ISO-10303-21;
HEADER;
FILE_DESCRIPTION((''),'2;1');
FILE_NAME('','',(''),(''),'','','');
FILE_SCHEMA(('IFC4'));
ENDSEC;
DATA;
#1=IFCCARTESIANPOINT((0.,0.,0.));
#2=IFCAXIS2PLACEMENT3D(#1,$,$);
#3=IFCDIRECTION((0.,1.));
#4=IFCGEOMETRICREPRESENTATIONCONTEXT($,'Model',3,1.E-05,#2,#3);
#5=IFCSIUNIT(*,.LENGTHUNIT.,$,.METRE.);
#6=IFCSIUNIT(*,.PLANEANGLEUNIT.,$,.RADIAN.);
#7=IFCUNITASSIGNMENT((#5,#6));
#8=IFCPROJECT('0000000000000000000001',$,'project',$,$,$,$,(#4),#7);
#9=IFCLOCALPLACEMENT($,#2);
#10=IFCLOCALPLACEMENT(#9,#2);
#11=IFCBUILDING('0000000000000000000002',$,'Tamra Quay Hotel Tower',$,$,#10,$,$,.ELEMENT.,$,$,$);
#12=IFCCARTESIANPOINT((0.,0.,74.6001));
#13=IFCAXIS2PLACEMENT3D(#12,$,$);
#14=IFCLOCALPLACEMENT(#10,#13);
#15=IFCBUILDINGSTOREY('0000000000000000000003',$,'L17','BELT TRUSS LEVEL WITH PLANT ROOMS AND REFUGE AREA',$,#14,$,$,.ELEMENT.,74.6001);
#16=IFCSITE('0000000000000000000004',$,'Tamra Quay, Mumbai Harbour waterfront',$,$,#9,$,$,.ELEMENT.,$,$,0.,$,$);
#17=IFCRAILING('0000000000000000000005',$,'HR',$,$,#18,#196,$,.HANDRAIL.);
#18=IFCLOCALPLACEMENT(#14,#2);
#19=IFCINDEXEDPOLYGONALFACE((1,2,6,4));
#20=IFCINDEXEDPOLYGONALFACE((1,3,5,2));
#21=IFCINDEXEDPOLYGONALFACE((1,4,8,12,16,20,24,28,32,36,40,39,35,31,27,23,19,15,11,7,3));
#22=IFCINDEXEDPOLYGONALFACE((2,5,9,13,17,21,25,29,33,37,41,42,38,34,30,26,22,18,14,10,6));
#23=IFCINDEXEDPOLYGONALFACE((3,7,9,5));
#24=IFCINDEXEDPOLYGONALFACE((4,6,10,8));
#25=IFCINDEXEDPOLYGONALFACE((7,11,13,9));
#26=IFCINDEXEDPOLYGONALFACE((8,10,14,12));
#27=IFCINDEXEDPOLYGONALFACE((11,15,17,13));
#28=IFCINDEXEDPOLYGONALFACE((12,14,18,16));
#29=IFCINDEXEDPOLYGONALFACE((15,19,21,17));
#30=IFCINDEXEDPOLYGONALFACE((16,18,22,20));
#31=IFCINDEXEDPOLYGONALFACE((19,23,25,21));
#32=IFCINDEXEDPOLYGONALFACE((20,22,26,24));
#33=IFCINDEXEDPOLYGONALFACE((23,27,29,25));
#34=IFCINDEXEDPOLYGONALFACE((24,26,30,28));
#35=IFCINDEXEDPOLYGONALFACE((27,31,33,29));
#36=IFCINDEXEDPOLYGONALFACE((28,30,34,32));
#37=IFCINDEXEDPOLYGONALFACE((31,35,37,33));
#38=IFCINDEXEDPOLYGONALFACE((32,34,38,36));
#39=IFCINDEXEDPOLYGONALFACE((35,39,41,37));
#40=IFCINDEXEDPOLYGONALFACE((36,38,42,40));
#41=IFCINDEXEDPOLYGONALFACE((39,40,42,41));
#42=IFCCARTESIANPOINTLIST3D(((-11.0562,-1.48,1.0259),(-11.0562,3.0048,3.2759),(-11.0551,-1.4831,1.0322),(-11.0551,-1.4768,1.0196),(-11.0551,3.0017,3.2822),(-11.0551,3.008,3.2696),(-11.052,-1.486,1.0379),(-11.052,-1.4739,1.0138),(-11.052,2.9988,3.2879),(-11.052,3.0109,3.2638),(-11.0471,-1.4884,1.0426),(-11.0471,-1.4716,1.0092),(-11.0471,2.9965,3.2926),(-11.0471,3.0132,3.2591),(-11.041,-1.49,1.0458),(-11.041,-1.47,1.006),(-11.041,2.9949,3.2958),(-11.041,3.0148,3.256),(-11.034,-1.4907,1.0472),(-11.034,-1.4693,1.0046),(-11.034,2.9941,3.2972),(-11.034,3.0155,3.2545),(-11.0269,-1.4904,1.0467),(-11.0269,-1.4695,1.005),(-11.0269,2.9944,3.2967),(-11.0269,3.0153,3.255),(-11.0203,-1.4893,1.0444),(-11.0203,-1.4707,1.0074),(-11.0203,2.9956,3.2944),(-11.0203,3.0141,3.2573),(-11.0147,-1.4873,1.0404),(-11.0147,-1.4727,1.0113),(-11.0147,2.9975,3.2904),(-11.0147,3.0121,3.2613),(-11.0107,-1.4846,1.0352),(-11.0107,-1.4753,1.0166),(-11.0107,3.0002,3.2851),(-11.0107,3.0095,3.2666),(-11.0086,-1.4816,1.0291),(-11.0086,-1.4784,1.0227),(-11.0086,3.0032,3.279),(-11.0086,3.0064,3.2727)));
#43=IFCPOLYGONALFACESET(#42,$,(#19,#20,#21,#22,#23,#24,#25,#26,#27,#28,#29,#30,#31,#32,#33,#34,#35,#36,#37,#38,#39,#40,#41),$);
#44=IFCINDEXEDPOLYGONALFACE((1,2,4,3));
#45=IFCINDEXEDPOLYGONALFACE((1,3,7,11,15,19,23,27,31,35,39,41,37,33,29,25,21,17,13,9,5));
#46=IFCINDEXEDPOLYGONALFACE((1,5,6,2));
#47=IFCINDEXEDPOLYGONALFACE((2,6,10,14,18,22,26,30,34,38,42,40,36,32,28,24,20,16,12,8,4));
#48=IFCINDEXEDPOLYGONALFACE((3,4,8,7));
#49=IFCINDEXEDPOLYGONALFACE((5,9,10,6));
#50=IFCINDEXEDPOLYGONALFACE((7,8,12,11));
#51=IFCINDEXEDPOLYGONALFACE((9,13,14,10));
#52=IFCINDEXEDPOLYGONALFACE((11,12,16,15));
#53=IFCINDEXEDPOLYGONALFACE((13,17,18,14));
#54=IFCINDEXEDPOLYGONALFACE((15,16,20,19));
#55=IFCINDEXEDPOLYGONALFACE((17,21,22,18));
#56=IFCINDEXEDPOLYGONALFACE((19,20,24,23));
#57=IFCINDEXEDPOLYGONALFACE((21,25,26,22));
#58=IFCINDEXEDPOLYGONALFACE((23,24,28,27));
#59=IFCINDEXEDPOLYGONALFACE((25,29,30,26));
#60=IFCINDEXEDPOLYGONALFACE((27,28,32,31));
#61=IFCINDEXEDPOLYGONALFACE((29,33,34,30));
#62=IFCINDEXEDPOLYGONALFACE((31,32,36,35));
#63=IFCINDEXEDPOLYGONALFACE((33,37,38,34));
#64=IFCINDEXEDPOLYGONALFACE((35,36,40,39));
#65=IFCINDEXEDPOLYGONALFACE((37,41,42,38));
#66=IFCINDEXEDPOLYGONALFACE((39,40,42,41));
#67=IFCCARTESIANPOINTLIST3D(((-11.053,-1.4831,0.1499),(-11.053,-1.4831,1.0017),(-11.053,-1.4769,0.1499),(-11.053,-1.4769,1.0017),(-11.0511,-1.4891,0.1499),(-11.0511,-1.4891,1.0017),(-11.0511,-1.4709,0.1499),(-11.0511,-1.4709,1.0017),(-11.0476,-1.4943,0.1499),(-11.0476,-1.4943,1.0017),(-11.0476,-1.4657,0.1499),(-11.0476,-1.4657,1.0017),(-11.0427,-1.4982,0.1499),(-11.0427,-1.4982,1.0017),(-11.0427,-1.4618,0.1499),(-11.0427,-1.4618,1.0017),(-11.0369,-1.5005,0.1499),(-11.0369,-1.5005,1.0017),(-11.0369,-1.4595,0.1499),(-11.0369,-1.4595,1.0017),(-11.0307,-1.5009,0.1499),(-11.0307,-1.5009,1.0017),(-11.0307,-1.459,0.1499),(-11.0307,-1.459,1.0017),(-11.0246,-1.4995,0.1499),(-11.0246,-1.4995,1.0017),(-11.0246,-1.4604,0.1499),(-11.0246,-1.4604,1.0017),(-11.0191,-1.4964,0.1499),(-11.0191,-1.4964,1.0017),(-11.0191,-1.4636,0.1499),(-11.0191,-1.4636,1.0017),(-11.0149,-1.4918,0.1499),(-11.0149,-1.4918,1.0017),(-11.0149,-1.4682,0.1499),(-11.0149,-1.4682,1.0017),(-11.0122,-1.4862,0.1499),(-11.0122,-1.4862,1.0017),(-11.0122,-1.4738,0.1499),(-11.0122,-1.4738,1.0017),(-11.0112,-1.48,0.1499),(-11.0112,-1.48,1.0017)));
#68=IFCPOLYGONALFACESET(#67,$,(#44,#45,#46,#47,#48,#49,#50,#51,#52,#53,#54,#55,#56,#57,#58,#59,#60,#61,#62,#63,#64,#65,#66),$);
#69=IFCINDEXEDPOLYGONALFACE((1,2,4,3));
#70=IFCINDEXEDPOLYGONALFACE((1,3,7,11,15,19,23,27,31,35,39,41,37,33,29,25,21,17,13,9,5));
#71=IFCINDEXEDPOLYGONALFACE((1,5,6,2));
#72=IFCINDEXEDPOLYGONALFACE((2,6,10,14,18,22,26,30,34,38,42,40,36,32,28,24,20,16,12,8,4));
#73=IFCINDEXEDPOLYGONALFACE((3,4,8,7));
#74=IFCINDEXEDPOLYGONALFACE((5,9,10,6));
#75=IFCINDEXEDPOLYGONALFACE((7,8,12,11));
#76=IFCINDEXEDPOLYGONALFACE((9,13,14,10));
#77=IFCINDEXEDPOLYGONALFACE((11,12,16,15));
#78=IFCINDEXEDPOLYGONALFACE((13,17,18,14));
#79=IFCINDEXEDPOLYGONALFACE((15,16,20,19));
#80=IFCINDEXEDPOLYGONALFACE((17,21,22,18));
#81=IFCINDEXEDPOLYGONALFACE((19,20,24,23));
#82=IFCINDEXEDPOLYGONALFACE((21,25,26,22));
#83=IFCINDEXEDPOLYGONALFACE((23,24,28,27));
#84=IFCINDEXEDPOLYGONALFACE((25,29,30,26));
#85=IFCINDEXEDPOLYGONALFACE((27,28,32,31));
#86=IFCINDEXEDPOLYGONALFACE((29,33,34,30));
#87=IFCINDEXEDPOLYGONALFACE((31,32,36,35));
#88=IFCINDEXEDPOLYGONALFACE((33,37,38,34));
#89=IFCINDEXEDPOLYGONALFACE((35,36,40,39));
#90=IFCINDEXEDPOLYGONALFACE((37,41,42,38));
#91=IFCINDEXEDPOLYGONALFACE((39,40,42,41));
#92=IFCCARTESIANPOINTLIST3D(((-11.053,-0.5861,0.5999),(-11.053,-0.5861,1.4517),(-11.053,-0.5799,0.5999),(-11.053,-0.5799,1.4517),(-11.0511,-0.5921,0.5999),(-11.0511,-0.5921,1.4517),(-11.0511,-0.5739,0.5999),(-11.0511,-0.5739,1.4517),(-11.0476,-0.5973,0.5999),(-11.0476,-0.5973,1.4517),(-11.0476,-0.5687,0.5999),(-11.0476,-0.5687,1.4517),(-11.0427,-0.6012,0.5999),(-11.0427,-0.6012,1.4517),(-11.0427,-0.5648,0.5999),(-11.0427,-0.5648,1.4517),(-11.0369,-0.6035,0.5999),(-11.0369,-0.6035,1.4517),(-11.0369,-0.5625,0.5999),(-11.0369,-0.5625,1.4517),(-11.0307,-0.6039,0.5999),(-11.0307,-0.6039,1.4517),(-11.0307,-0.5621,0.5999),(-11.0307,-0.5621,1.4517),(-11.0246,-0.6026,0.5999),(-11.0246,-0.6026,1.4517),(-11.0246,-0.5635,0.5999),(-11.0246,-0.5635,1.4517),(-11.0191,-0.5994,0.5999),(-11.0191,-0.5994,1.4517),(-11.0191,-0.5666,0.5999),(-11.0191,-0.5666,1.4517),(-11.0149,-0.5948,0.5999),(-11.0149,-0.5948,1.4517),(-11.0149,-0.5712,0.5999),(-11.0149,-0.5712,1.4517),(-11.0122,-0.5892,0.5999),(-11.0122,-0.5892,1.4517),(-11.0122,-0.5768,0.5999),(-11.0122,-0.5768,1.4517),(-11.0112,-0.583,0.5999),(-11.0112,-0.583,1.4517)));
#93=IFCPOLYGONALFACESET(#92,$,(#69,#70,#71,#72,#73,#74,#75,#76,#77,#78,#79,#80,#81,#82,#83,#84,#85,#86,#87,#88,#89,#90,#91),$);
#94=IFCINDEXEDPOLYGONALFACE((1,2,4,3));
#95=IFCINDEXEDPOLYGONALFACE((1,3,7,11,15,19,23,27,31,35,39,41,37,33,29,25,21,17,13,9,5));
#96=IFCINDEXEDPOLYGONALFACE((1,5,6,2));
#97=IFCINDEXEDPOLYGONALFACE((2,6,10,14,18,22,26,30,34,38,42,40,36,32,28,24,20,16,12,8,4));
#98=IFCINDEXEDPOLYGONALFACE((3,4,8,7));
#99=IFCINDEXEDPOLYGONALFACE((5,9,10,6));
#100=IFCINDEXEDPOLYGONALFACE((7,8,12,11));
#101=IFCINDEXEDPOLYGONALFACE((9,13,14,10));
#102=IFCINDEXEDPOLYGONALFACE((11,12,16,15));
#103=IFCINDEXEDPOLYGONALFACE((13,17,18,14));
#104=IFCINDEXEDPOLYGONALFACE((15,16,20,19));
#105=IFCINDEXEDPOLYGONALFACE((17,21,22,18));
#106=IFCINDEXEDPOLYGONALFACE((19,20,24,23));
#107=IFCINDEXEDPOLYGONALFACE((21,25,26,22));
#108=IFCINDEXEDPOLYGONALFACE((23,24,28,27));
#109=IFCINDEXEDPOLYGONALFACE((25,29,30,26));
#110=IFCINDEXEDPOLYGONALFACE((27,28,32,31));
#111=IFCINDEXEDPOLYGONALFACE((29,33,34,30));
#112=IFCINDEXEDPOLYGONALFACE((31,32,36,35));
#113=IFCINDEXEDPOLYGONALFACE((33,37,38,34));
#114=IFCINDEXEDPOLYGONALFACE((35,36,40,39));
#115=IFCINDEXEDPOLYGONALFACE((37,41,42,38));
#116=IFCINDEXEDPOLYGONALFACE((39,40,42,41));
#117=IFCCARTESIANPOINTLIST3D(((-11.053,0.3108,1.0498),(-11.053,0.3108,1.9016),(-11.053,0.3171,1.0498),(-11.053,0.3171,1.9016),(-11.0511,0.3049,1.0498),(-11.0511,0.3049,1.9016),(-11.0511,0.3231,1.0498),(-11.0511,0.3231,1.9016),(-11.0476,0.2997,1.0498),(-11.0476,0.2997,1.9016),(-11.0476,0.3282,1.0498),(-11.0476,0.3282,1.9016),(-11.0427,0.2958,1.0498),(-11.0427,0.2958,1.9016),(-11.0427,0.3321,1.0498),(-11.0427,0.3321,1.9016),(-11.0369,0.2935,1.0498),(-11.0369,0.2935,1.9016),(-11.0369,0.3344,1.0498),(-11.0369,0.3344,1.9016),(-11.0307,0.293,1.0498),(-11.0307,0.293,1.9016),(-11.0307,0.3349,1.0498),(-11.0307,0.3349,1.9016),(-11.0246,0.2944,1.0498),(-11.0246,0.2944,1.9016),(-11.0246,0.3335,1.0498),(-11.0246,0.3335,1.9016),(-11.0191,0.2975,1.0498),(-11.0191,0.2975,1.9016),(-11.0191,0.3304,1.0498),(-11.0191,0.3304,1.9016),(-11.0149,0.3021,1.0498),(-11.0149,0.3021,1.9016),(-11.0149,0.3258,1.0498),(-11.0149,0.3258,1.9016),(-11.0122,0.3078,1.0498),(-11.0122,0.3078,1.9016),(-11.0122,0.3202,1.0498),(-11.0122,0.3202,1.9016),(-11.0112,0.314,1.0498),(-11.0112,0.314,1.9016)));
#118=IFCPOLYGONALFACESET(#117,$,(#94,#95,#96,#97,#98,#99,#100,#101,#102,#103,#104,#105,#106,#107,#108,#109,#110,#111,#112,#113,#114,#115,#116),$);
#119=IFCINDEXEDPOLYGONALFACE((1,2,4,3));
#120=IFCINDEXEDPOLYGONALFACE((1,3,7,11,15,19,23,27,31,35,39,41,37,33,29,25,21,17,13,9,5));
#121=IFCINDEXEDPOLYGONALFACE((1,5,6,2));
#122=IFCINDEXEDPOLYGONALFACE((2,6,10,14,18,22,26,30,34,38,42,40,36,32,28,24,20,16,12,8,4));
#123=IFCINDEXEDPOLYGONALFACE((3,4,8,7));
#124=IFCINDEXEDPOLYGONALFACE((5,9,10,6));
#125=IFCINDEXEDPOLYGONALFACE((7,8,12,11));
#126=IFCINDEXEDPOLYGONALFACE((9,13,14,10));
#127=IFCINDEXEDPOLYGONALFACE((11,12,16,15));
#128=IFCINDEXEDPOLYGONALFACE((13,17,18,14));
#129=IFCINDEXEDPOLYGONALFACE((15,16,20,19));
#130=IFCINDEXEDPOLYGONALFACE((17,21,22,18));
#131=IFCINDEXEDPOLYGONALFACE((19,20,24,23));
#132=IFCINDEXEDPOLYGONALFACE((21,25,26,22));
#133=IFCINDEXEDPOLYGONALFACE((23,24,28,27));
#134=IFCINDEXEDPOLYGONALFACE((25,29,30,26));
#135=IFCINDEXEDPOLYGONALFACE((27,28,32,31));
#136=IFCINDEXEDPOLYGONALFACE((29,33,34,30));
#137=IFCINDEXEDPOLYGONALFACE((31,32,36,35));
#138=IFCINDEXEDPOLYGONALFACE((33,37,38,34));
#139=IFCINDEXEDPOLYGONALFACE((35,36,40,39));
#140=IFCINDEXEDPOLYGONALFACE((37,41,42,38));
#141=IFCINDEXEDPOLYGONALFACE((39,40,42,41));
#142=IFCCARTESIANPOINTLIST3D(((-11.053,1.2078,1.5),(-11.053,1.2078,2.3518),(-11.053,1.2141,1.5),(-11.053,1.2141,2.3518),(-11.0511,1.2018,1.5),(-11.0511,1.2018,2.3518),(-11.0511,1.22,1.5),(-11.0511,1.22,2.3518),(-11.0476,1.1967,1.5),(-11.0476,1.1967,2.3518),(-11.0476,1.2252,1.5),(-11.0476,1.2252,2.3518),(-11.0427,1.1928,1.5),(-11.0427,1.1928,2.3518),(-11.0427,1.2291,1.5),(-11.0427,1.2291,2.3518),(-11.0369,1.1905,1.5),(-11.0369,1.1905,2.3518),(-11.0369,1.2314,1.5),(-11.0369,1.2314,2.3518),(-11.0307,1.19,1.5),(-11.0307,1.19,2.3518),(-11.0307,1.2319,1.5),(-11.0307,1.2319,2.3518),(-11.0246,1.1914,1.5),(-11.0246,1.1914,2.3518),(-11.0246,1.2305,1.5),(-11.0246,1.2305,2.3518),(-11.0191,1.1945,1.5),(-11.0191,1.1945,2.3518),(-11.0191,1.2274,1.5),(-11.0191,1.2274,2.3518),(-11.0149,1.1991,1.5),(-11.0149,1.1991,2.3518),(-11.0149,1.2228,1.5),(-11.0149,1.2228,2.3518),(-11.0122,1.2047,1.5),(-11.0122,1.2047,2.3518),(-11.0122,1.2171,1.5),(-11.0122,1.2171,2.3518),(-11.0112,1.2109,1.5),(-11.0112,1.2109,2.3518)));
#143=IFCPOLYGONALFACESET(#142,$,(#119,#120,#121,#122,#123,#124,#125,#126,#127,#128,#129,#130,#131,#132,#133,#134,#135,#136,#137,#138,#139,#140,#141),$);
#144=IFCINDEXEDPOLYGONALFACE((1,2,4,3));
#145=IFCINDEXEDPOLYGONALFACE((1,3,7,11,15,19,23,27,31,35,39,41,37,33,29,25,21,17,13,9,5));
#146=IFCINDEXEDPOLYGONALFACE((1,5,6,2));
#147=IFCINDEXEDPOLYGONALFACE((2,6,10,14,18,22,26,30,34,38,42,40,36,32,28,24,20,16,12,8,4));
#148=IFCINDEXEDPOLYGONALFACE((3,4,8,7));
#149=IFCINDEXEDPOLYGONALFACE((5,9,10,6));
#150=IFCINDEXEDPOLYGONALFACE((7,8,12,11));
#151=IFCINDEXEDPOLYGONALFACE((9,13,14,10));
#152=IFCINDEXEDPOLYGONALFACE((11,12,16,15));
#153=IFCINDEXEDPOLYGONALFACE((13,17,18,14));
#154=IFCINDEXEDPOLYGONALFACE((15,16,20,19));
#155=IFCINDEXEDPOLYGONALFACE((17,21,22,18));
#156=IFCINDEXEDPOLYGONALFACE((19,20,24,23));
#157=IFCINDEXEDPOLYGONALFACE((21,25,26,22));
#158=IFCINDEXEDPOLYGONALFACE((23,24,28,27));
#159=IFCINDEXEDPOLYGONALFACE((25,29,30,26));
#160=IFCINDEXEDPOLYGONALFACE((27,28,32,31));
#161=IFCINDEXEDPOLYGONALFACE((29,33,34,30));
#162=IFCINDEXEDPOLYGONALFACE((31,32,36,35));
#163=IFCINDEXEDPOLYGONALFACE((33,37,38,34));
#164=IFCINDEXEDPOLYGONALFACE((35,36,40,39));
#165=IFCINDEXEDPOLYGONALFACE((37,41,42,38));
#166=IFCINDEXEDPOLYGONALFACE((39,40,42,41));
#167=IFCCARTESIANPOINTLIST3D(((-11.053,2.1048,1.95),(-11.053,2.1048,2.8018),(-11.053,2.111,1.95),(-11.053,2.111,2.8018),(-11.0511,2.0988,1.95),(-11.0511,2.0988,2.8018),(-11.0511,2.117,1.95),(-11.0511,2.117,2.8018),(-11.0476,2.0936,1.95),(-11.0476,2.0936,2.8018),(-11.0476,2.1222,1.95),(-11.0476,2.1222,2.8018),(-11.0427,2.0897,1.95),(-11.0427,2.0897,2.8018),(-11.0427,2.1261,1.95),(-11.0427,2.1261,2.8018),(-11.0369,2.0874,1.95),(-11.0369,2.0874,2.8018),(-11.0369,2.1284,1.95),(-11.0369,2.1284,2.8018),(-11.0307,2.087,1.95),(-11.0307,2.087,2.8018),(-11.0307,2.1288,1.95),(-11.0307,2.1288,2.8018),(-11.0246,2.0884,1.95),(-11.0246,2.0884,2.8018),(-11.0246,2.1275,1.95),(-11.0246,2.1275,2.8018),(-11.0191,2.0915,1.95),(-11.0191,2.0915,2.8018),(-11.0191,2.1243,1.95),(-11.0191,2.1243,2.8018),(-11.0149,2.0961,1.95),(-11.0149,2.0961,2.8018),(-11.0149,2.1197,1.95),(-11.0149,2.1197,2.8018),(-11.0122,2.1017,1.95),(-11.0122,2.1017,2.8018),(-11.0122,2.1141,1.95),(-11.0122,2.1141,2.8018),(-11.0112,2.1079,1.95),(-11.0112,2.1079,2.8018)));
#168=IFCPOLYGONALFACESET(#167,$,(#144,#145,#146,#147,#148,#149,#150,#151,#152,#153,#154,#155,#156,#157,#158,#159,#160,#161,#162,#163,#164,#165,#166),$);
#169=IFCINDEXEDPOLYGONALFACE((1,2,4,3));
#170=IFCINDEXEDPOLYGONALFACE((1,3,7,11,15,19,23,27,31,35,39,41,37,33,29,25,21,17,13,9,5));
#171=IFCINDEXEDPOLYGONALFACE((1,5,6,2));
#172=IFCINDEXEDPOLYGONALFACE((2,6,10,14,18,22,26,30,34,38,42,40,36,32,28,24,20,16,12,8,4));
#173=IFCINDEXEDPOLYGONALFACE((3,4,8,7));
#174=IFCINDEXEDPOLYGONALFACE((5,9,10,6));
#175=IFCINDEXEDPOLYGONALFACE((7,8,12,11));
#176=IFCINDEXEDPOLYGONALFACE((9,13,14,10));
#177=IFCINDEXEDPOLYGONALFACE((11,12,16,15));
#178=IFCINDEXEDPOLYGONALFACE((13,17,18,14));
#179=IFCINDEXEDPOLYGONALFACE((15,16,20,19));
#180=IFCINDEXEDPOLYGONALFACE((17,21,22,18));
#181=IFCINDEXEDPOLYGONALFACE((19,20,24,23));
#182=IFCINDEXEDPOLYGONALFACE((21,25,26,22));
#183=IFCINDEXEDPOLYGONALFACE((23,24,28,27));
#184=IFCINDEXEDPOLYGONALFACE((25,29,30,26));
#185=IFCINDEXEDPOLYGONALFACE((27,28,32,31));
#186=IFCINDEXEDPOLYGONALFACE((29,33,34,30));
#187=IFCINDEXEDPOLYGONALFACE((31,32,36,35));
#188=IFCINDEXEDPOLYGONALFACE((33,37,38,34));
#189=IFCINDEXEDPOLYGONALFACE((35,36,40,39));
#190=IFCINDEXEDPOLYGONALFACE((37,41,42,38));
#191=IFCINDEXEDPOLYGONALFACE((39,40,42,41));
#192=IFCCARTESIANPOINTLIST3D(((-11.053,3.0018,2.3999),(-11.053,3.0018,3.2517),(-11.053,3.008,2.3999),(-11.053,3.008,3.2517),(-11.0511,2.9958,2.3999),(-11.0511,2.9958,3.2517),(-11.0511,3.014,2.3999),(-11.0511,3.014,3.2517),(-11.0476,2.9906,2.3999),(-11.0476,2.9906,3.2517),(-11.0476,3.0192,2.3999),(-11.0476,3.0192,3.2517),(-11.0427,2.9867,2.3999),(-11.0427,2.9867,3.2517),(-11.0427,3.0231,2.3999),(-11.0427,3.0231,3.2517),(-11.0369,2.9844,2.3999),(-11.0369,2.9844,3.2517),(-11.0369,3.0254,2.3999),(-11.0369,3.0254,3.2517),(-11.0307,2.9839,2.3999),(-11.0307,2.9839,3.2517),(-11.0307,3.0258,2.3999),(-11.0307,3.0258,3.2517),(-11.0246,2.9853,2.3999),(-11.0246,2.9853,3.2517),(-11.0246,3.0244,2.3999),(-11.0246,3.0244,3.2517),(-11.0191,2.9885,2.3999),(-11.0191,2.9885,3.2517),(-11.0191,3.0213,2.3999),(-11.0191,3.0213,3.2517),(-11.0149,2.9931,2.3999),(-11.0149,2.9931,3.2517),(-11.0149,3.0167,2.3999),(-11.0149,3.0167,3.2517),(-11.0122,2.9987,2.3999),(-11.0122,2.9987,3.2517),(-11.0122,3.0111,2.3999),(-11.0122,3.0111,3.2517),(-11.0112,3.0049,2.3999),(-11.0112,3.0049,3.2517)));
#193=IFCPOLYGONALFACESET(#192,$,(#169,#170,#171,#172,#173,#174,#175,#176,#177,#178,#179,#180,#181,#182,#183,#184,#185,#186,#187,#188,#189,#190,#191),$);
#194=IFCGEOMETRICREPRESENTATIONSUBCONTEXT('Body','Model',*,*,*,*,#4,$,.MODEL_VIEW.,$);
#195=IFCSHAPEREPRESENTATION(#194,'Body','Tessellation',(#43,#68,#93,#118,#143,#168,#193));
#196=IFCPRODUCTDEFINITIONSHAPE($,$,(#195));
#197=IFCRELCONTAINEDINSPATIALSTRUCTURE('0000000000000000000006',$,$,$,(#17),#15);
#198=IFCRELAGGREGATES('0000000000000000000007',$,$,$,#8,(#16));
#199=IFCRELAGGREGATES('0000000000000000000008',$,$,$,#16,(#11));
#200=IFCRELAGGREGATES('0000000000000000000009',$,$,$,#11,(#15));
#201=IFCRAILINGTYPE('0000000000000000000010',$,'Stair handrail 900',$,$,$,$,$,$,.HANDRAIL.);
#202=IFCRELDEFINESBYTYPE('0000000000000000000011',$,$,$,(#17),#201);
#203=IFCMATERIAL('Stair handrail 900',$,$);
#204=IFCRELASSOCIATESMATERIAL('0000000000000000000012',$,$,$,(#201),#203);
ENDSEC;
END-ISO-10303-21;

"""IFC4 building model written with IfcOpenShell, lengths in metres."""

from ifc_helpers import new_model, si_unit, direction, frame, origin, origin_2d, place, context, subcontext, project, spatial, circle, extrude, material, type_object, element, save


model = new_model("IFC4")

# Units and contexts
model_context = context("Model", 3, precision=1e-05, world=origin(), true_north=direction((0.0, 1.0)))
body_context = subcontext(model_context, "Body", "Model", "MODEL_VIEW")
ifc_project = project(units=[si_unit("LENGTHUNIT", "METRE"), si_unit("PLANEANGLEUNIT", "RADIAN")], contexts=[model_context])

# Site, building, storey
site_placement = place(None, origin())
site = spatial("IfcSite", under=ifc_project, at=site_placement, Name="Tamra Quay, Mumbai Harbour waterfront", CompositionType="ELEMENT", RefElevation=0.0)
building_placement = place(site_placement, origin())
building = spatial("IfcBuilding", under=site, at=building_placement, Name="Tamra Quay Hotel Tower", CompositionType="ELEMENT")
storey_placement = place(building_placement, frame((0.0, 0.0, 74.6001)))
storey = spatial("IfcBuildingStorey", under=building, at=storey_placement, Name="L17", Description="BELT TRUSS LEVEL WITH PLANT ROOMS AND REFUGE AREA", CompositionType="ELEMENT", Elevation=74.6001)

# Railing
ifc_material_1 = material(Name="Stair handrail 900")
railing_type = type_object("IfcRailingType", Name="Stair handrail 900", PredefinedType="HANDRAIL", material=ifc_material_1)
railing_placement = place(storey_placement, frame((-11.0322, -1.48, 0.1499)))
element("IfcRailing", 1, at=railing_placement, inside=storey, type_object=railing_type, Name="HR", PredefinedType="HANDRAIL", context=body_context, shape_type="SweptSolid", body=[
    extrude(circle(Radius=0.0239, at=origin_2d()), frame((0.0, 0.0, 0.876), z_axis=(0.0, 0.893823, 0.44842), x_axis=(-1.0, 0.0, 0.0)), (0.0, 0.0, 1.0), 5.0176),
    extrude(circle(Radius=0.021, at=origin_2d()), origin(), (0.0, 0.0, 1.0), 0.8518),
    extrude(circle(Radius=0.021, at=origin_2d()), frame((0.0, 0.897, 0.45)), (0.0, 0.0, 1.0), 0.8518),
    extrude(circle(Radius=0.021, at=origin_2d()), frame((0.0, 1.7939, 0.8999)), (0.0, 0.0, 1.0), 0.8518),
    extrude(circle(Radius=0.021, at=origin_2d()), frame((0.0, 2.6909, 1.3501)), (0.0, 0.0, 1.0), 0.8518),
    extrude(circle(Radius=0.021, at=origin_2d()), frame((0.0, 3.5879, 1.8)), (0.0, 0.0, 1.0), 0.8518),
    extrude(circle(Radius=0.021, at=origin_2d()), frame((0.0, 4.4849, 2.25)), (0.0, 0.0, 1.0), 0.8518),
])

save(model, "model.ifc")
